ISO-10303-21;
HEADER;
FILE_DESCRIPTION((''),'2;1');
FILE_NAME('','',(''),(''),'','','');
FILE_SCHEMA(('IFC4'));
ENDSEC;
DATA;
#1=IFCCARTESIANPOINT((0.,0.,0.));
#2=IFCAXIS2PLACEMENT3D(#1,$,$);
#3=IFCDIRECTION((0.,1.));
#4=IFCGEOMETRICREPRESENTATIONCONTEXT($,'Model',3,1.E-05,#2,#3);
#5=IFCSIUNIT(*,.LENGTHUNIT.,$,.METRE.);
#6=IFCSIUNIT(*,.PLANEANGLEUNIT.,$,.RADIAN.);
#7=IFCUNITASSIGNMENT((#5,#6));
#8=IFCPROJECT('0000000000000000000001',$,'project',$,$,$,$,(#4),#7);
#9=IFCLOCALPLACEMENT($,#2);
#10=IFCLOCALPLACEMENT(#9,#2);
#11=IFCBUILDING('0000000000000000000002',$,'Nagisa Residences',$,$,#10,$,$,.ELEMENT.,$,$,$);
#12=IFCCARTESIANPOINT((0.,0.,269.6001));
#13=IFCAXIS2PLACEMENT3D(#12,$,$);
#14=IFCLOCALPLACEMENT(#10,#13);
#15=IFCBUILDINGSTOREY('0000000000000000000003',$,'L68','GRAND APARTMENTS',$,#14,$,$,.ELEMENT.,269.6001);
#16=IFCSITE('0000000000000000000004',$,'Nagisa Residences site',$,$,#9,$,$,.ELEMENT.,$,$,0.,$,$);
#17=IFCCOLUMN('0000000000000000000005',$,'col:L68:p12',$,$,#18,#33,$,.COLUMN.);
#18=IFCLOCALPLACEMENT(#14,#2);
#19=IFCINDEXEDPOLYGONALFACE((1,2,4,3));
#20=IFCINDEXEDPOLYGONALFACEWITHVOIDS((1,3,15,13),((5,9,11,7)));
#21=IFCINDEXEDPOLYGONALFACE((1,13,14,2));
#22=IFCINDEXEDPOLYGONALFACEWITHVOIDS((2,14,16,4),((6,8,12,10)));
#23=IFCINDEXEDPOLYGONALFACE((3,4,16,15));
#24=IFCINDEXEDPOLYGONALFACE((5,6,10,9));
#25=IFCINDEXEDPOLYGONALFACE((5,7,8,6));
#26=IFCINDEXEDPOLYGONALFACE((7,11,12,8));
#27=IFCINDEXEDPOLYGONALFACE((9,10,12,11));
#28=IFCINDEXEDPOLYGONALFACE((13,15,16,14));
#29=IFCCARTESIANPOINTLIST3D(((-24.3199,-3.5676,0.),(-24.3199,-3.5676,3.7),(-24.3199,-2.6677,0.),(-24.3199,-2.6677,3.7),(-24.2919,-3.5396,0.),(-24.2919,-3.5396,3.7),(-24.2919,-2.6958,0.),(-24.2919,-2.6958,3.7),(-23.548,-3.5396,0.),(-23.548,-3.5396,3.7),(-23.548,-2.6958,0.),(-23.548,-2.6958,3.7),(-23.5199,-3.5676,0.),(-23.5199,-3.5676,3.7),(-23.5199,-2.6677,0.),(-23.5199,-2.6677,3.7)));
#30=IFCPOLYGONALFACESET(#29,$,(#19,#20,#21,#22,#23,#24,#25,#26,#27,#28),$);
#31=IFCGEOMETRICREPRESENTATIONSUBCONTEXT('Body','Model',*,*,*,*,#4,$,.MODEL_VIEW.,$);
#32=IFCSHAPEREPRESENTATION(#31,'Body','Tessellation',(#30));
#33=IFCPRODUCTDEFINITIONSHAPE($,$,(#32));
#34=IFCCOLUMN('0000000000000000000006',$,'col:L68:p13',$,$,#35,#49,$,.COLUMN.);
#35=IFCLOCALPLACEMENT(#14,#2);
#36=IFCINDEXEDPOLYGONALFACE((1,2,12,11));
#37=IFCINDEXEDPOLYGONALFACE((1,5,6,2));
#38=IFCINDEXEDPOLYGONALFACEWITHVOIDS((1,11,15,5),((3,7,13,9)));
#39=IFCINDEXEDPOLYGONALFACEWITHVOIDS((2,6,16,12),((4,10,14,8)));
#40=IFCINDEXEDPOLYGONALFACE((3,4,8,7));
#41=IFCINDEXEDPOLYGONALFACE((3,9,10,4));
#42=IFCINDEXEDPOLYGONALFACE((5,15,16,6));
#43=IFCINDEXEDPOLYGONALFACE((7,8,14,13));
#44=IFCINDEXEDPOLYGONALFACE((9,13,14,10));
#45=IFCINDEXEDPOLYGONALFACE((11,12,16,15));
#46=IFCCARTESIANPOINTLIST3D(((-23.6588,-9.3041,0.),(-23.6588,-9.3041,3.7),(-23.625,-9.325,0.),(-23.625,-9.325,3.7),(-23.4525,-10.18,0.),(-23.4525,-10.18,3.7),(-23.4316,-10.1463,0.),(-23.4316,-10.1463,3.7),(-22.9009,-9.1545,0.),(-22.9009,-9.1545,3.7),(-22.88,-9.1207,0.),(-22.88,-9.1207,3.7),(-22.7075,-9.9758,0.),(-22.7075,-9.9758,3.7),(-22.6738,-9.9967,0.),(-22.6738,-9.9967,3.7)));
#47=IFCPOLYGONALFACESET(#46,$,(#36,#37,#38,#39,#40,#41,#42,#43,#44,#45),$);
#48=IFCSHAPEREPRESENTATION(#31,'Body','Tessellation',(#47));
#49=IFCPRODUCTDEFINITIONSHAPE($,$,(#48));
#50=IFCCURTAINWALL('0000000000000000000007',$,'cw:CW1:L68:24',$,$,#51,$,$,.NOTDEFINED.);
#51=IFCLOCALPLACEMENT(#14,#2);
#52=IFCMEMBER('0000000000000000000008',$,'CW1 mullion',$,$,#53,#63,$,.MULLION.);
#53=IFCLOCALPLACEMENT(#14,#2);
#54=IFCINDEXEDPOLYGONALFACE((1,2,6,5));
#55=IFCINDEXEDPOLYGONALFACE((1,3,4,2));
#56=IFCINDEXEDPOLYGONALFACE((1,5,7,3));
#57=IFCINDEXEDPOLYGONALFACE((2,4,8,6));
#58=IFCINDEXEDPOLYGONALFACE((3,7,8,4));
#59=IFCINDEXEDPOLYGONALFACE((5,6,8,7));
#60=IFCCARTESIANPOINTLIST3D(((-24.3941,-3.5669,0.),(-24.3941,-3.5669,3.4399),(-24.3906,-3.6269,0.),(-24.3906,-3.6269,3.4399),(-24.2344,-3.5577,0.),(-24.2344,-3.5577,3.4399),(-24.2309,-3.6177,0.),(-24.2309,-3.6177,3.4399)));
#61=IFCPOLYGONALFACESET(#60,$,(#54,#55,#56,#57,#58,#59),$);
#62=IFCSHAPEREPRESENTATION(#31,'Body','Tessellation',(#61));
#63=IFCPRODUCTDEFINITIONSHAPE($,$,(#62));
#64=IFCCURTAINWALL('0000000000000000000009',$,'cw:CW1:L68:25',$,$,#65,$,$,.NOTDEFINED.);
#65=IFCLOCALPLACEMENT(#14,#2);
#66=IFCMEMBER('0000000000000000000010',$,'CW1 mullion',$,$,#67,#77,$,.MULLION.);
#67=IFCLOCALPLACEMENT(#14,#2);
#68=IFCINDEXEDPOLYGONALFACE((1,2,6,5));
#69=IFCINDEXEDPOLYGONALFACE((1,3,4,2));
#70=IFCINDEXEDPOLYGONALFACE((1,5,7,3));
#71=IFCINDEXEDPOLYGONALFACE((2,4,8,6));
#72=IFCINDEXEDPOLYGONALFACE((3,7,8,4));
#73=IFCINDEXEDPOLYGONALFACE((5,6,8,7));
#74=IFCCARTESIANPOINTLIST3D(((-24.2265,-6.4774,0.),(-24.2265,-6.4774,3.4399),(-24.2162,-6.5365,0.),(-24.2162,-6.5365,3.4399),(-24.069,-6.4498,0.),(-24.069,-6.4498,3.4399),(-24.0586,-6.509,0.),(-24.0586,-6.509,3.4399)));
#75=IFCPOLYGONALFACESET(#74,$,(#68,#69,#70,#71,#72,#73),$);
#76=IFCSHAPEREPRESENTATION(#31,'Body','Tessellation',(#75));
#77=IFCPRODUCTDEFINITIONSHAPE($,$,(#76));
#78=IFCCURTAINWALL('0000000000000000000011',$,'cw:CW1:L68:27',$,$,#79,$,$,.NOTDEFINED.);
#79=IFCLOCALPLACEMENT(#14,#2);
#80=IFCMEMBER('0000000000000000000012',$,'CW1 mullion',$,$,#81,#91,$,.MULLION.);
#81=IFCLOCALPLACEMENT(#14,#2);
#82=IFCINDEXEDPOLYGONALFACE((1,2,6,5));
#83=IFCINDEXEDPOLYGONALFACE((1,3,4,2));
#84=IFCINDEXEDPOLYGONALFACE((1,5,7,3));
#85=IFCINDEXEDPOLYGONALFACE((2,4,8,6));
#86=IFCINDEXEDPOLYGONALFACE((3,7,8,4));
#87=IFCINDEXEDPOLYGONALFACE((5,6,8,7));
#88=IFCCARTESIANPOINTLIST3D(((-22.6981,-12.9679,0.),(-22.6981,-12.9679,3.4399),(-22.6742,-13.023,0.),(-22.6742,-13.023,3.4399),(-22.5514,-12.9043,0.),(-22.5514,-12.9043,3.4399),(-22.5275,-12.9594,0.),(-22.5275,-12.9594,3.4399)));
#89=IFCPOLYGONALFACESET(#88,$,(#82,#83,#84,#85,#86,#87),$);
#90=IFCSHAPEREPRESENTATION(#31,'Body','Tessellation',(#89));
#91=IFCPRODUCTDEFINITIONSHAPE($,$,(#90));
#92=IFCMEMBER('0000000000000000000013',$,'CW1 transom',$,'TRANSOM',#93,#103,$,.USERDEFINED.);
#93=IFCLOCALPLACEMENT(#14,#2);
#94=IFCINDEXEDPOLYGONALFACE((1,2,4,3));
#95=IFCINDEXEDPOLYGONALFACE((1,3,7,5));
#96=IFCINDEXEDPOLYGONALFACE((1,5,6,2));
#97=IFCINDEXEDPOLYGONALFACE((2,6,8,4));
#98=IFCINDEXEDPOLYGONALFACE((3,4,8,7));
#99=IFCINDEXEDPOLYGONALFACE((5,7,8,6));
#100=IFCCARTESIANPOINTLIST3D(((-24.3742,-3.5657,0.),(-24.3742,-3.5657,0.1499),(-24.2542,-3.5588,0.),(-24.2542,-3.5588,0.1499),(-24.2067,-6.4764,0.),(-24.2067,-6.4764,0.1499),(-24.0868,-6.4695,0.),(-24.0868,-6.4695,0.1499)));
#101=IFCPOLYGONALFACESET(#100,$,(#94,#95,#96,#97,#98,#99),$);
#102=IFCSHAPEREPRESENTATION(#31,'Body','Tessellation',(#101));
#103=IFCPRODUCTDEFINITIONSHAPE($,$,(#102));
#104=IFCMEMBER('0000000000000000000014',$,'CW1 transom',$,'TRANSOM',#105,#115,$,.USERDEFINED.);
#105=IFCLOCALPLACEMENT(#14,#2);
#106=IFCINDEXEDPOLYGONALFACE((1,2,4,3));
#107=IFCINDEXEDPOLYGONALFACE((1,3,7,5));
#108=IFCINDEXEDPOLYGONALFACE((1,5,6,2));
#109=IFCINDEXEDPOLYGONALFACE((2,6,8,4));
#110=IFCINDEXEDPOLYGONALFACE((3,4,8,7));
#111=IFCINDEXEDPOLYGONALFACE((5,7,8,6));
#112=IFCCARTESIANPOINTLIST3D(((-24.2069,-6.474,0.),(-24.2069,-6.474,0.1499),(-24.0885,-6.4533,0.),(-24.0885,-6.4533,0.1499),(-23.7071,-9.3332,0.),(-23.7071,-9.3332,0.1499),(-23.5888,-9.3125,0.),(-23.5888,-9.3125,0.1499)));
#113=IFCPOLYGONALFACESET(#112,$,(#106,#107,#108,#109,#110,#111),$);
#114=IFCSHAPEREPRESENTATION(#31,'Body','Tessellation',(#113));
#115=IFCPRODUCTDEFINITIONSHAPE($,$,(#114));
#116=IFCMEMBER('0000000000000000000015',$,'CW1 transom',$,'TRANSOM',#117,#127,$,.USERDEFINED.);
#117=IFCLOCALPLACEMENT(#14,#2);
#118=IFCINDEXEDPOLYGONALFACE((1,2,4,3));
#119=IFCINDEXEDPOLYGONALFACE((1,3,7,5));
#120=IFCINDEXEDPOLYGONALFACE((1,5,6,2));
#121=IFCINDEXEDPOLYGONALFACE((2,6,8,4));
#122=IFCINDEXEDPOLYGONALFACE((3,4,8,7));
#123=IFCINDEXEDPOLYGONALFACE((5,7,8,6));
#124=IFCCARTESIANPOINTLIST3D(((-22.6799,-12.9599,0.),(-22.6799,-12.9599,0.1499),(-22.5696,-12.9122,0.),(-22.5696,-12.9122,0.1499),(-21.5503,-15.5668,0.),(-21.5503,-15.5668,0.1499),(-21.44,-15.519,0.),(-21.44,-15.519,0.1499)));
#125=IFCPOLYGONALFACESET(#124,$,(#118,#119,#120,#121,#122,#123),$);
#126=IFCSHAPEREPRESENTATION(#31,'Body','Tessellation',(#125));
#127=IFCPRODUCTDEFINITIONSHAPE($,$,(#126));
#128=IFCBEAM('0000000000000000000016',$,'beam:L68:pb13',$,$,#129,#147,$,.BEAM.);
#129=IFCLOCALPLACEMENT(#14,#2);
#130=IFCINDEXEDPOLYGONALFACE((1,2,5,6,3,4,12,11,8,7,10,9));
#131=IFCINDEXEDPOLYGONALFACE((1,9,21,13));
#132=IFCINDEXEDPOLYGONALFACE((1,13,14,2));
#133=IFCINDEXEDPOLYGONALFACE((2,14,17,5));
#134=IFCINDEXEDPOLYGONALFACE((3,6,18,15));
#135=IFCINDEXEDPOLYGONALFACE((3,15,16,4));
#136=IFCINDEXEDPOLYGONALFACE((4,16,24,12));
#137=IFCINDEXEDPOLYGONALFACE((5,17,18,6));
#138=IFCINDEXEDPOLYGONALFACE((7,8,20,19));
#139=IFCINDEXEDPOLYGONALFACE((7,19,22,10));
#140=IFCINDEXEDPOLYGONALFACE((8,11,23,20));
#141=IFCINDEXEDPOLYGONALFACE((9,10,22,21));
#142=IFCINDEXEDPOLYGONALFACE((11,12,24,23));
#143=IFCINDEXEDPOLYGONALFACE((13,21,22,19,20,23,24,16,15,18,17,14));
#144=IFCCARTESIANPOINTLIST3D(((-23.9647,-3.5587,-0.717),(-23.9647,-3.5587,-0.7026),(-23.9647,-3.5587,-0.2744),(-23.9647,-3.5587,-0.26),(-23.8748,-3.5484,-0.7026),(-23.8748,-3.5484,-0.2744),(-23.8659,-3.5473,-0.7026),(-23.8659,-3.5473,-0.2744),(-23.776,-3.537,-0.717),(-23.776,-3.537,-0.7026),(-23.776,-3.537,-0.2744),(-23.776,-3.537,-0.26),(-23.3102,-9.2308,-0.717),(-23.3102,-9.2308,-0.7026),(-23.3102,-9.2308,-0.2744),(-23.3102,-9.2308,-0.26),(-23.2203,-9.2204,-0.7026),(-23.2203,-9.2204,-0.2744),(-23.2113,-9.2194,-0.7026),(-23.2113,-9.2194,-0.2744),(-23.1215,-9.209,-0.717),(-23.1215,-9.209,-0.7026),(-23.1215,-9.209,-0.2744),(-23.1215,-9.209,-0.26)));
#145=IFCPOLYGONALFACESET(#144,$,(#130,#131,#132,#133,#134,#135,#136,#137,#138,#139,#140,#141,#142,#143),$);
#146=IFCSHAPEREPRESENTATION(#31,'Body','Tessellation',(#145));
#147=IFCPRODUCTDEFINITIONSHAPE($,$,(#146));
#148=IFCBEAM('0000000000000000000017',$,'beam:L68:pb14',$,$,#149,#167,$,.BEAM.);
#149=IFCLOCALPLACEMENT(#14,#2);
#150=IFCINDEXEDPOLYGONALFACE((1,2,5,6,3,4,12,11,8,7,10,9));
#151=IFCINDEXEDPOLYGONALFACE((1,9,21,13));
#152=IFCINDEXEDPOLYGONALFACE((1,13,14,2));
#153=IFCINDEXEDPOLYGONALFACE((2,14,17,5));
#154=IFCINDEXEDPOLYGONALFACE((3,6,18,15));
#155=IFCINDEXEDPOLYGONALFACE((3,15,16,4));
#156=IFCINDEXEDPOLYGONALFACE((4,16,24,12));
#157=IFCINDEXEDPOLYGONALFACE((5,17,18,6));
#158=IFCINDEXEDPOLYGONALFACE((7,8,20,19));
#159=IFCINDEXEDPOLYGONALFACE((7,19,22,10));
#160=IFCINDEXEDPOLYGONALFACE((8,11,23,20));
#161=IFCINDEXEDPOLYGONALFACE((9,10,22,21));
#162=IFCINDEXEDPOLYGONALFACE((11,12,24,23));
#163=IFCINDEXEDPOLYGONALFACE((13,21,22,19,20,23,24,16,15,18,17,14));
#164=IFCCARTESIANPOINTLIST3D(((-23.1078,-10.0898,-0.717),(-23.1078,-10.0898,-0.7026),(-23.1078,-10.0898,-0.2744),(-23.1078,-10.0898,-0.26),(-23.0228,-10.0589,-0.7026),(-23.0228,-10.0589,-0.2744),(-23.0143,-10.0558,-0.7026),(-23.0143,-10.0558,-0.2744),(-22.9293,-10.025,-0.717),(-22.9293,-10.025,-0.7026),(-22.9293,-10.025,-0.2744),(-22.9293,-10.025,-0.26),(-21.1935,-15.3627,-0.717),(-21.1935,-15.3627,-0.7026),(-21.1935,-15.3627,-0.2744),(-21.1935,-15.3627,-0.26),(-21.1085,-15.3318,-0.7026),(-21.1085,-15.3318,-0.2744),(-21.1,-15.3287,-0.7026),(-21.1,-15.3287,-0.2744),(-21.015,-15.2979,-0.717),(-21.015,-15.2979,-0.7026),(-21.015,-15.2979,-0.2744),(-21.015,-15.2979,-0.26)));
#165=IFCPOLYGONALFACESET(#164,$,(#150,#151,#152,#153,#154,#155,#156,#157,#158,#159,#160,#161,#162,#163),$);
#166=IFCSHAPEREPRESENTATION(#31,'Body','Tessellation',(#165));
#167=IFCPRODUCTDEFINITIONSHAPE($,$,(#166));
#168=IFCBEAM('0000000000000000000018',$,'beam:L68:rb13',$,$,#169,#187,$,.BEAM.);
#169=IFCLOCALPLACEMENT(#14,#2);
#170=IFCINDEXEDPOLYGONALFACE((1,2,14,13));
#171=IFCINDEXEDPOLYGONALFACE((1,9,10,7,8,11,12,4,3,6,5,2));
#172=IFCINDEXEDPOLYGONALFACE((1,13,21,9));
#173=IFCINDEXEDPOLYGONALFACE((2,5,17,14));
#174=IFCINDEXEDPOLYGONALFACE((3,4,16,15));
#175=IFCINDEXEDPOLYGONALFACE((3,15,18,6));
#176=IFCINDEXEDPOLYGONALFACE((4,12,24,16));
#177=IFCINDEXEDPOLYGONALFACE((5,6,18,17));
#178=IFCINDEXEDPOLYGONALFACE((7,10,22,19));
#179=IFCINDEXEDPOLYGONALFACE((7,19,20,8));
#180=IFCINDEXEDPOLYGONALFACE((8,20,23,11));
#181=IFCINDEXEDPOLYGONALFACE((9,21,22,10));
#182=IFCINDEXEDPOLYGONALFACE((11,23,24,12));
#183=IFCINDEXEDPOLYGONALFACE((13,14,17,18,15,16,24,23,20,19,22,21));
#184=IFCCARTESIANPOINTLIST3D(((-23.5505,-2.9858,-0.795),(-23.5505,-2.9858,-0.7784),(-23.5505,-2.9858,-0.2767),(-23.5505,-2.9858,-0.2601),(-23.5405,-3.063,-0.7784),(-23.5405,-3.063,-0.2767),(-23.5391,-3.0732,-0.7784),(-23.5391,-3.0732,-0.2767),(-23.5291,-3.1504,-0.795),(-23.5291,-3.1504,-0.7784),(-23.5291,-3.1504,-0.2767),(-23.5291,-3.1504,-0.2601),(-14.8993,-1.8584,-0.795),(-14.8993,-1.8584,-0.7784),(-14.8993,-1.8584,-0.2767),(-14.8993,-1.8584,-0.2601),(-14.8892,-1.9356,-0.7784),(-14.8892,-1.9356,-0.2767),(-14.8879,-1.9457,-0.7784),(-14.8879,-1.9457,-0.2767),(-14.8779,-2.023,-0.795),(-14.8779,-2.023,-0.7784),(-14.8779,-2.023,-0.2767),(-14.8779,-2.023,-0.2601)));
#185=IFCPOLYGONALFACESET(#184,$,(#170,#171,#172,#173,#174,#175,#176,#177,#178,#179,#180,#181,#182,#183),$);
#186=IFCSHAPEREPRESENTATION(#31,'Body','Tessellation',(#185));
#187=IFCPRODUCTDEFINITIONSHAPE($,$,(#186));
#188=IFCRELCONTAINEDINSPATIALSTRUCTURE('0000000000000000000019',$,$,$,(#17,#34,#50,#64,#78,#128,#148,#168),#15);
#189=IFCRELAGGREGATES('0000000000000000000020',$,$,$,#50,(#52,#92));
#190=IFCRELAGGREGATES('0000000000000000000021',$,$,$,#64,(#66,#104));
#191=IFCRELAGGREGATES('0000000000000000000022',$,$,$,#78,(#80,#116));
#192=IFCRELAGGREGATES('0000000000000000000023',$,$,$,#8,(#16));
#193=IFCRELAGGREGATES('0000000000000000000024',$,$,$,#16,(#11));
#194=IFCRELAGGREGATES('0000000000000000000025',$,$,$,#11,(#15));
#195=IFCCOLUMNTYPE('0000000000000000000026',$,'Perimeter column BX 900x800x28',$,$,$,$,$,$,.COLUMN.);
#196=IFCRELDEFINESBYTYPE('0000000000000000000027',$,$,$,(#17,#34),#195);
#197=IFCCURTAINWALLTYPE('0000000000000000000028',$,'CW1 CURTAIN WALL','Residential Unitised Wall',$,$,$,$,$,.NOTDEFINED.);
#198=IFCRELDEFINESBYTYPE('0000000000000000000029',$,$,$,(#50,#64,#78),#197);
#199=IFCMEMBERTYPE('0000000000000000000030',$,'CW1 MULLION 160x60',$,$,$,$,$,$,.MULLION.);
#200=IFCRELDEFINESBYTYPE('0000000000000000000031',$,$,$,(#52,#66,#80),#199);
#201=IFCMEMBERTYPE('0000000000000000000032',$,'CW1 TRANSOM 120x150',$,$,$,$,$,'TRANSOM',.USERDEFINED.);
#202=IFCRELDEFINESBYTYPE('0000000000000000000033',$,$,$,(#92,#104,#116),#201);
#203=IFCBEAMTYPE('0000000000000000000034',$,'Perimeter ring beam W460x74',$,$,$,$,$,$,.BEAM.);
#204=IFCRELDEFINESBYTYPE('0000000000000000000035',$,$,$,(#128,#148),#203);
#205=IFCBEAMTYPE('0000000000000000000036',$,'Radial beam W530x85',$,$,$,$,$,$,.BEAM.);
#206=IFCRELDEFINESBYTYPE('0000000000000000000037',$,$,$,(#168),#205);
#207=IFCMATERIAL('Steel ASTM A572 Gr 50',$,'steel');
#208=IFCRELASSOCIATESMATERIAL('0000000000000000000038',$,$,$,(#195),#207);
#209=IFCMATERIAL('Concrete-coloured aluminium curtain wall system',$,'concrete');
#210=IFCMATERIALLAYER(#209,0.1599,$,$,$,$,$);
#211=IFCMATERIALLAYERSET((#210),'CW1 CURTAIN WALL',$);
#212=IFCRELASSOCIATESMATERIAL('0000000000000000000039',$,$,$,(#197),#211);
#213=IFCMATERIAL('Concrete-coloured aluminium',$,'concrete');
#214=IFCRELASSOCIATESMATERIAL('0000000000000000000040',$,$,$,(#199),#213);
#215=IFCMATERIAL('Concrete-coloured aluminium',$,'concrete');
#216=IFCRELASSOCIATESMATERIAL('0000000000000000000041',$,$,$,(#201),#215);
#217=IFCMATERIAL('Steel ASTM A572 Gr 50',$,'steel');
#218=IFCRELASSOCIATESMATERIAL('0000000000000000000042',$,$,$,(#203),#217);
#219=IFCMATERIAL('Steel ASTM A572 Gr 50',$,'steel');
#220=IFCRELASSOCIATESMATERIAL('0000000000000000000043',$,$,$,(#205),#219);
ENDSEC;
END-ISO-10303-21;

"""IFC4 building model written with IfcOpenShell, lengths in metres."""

from ifc_helpers import new_model, si_unit, direction, frame, origin, origin_2d, place, context, subcontext, project, spatial, rectangle, hollow_rectangle, i_section, extrude, material, layer, layer_set, material_profile, profile_set, type_object, element, aggregate, save


model = new_model("IFC4")

# Units and contexts
model_context = context("Model", 3, precision=1e-05, world=origin(), true_north=direction((0.0, 1.0)))
body_context = subcontext(model_context, "Body", "Model", "MODEL_VIEW")
ifc_project = project(units=[si_unit("LENGTHUNIT", "METRE"), si_unit("PLANEANGLEUNIT", "RADIAN")], contexts=[model_context])

# Site, building, storey
site_placement = place(None, origin())
site = spatial("IfcSite", under=ifc_project, at=site_placement, Name="Nagisa Residences site", CompositionType="ELEMENT", RefElevation=0.0)
building_placement = place(site_placement, origin())
building = spatial("IfcBuilding", under=site, at=building_placement, Name="Nagisa Residences", CompositionType="ELEMENT")
storey_placement = place(building_placement, frame((0.0, 0.0, 269.6001)))
storey = spatial("IfcBuildingStorey", under=building, at=storey_placement, Name="L68", Description="GRAND APARTMENTS", CompositionType="ELEMENT", Elevation=269.6001)

# Columns
ifc_material_1 = material(Name="Steel ASTM A572 Gr 50", Category="steel")
ifc_material_profile_1 = material_profile(ifc_material_1, hollow_rectangle(XDim=0.8999, YDim=0.8, WallThickness=0.0281, at=origin_2d()), Name="BX 900x800x28")
ifc_profile_set_1 = profile_set([ifc_material_profile_1], Name="Steel ASTM A572 Gr 50")
column_type = type_object("IfcColumnType", Name="Perimeter column BX 900x800x28", PredefinedType="COLUMN", material=ifc_profile_set_1)
for number, where, z_axis, x_axis, name in (
    (1, (-23.9199, -3.1177, 0.0), (0.0, 0.0, 1.0), (0.0, -1.0, 0.0), "col:L68:p12"),
    (2, (-23.1663, -9.6504, 0.0), (0.0, 0.0, 1.0), (0.229202, -0.973379, 0.0), "col:L68:p13"),
):
    element("IfcColumn", number, at=place(storey_placement, frame(where, z_axis=z_axis, x_axis=x_axis)), inside=storey, type_object=column_type, Name=name, PredefinedType="COLUMN", context=body_context, shape_type="SweptSolid", body=[
        extrude(hollow_rectangle(XDim=0.8999, YDim=0.8, WallThickness=0.0281, at=origin_2d()), origin(), (0.0, 0.0, 1.0), 3.7),
    ])

# Curtain walls, members
ifc_material_2 = material(Name="Concrete-coloured aluminium curtain wall system", Category="concrete")
ifc_layer_1 = layer(ifc_material_2, 0.1599)
ifc_layer_set_1 = layer_set([ifc_layer_1], Name="CW1 CURTAIN WALL")
curtain_wall_type = type_object("IfcCurtainWallType", Name="CW1 CURTAIN WALL", Description="Residential Unitised Wall", PredefinedType="NOTDEFINED", material=ifc_layer_set_1)
curtain_wall_1_placement = place(storey_placement, origin())
curtain_wall_1 = element("IfcCurtainWall", 3, at=curtain_wall_1_placement, inside=storey, type_object=curtain_wall_type, Name="cw:CW1:L68:24", PredefinedType="NOTDEFINED")
ifc_material_3 = material(Name="Concrete-coloured aluminium", Category="concrete")
ifc_material_profile_2 = material_profile(ifc_material_3, rectangle(XDim=0.1599, YDim=0.0601, at=origin_2d()), Name="CW1 MULLION 160x60")
ifc_profile_set_2 = profile_set([ifc_material_profile_2], Name="Concrete-coloured aluminium")
member_type_1 = type_object("IfcMemberType", Name="CW1 MULLION 160x60", PredefinedType="MULLION", material=ifc_profile_set_2)
member_1_placement = place(storey_placement, frame((-24.3125, -3.5923, 0.0), z_axis=(0.0, 0.0, 1.0), x_axis=(0.998345, 0.057503, 0.0)))
member_1 = element("IfcMember", 4, at=member_1_placement, type_object=member_type_1, Name="CW1 mullion", PredefinedType="MULLION", context=body_context, shape_type="SweptSolid", body=[
    extrude(rectangle(XDim=0.1599, YDim=0.0601, at=origin_2d()), origin(), (0.0, 0.0, 1.0), 3.4399),
])
curtain_wall_2_placement = place(storey_placement, origin())
curtain_wall_2 = element("IfcCurtainWall", 5, at=curtain_wall_2_placement, inside=storey, type_object=curtain_wall_type, Name="cw:CW1:L68:25", PredefinedType="NOTDEFINED")
member_2_placement = place(storey_placement, frame((-24.1426, -6.4932, 0.0), z_axis=(0.0, 0.0, 1.0), x_axis=(0.985064, 0.172191, 0.0)))
member_2 = element("IfcMember", 6, at=member_2_placement, type_object=member_type_1, Name="CW1 mullion", PredefinedType="MULLION", context=body_context, shape_type="SweptSolid", body=[
    extrude(rectangle(XDim=0.1599, YDim=0.0601, at=origin_2d()), origin(), (0.0, 0.0, 1.0), 3.4399),
])
curtain_wall_3_placement = place(storey_placement, origin())
curtain_wall_3 = element("IfcCurtainWall", 7, at=curtain_wall_3_placement, inside=storey, type_object=curtain_wall_type, Name="cw:CW1:L68:27", PredefinedType="NOTDEFINED")
member_3_placement = place(storey_placement, frame((-22.6128, -12.9636, 0.0), z_axis=(0.0, 0.0, 1.0), x_axis=(0.917543, 0.397636, 0.0)))
member_3 = element("IfcMember", 8, at=member_3_placement, type_object=member_type_1, Name="CW1 mullion", PredefinedType="MULLION", context=body_context, shape_type="SweptSolid", body=[
    extrude(rectangle(XDim=0.1599, YDim=0.0601, at=origin_2d()), origin(), (0.0, 0.0, 1.0), 3.4399),
])

# Members
ifc_material_4 = material(Name="Concrete-coloured aluminium", Category="concrete")
ifc_material_profile_3 = material_profile(ifc_material_4, rectangle(XDim=0.1201, YDim=0.1499, at=origin_2d()), Name="CW1 TRANSOM 120x150")
ifc_profile_set_3 = profile_set([ifc_material_profile_3], Name="Concrete-coloured aluminium")
member_type_2 = type_object("IfcMemberType", Name="CW1 TRANSOM 120x150", ElementType="TRANSOM", PredefinedType="USERDEFINED", material=ifc_profile_set_3)
member_4_placement = place(storey_placement, frame((-24.3142, -3.5623, 0.075), z_axis=(0.057446, -0.998349, 0.0), x_axis=(0.998349, 0.057446, 0.0)))
member_4 = element("IfcMember", 9, at=member_4_placement, type_object=member_type_2, Name="CW1 transom", ObjectType="TRANSOM", PredefinedType="USERDEFINED", context=body_context, shape_type="SweptSolid", body=[
    extrude(rectangle(XDim=0.1201, YDim=0.1499, at=origin_2d()), origin(), (0.0, 0.0, 1.0), 2.9155),
])
member_5_placement = place(storey_placement, frame((-24.1477, -6.4636, 0.075), z_axis=(0.172182, -0.985065, 0.0), x_axis=(0.985065, 0.172182, 0.0)))
member_5 = element("IfcMember", 10, at=member_5_placement, type_object=member_type_2, Name="CW1 transom", ObjectType="TRANSOM", PredefinedType="USERDEFINED", context=body_context, shape_type="SweptSolid", body=[
    extrude(rectangle(XDim=0.1201, YDim=0.1499, at=origin_2d()), origin(), (0.0, 0.0, 1.0), 2.9026),
])
member_6_placement = place(storey_placement, frame((-22.6248, -12.936, 0.075), z_axis=(0.397598, -0.91756, 0.0), x_axis=(0.91756, 0.397598, 0.0)))
member_6 = element("IfcMember", 11, at=member_6_placement, type_object=member_type_2, Name="CW1 transom", ObjectType="TRANSOM", PredefinedType="USERDEFINED", context=body_context, shape_type="SweptSolid", body=[
    extrude(rectangle(XDim=0.1201, YDim=0.1499, at=origin_2d()), origin(), (0.0, 0.0, 1.0), 2.8411),
])

# Beams
ifc_material_5 = material(Name="Steel ASTM A572 Gr 50", Category="steel")
ifc_material_profile_4 = material_profile(ifc_material_5, i_section(OverallWidth=0.1899, OverallDepth=0.457, WebThickness=0.009, FlangeThickness=0.0144, at=origin_2d()), Name="W460x74")
ifc_profile_set_4 = profile_set([ifc_material_profile_4], Name="Steel ASTM A572 Gr 50")
beam_type_1 = type_object("IfcBeamType", Name="Perimeter ring beam W460x74", PredefinedType="BEAM", material=ifc_profile_set_4)
beam_1_placement = place(storey_placement, frame((-23.8704, -3.5479, -0.4885), z_axis=(0.114635, -0.993408, 0.0), x_axis=(0.993408, 0.114635, 0.0)))
element("IfcBeam", 12, at=beam_1_placement, inside=storey, type_object=beam_type_1, Name="beam:L68:pb13", PredefinedType="BEAM", context=body_context, shape_type="SweptSolid", body=[
    extrude(i_section(OverallWidth=0.1899, OverallDepth=0.457, WebThickness=0.009, FlangeThickness=0.0144, at=origin_2d()), origin(), (0.0, 0.0, 1.0), 5.7097),
])
beam_2_placement = place(storey_placement, frame((-23.0186, -10.0574, -0.4885), z_axis=(0.34125, -0.939972, 0.0), x_axis=(0.939972, 0.34125, 0.0)))
element("IfcBeam", 13, at=beam_2_placement, inside=storey, type_object=beam_type_1, Name="beam:L68:pb14", PredefinedType="BEAM", context=body_context, shape_type="SweptSolid", body=[
    extrude(i_section(OverallWidth=0.1899, OverallDepth=0.457, WebThickness=0.009, FlangeThickness=0.0144, at=origin_2d()), origin(), (0.0, 0.0, 1.0), 5.6096),
])
ifc_material_6 = material(Name="Steel ASTM A572 Gr 50", Category="steel")
ifc_material_profile_5 = material_profile(ifc_material_6, i_section(OverallWidth=0.166, OverallDepth=0.5349, WebThickness=0.0103, FlangeThickness=0.0166, at=origin_2d()), Name="W530x85")
ifc_profile_set_5 = profile_set([ifc_material_profile_5], Name="Steel ASTM A572 Gr 50")
beam_type_2 = type_object("IfcBeamType", Name="Radial beam W530x85", PredefinedType="BEAM", material=ifc_profile_set_5)
beam_3_placement = place(storey_placement, frame((-23.5398, -3.0681, -0.5276), z_axis=(0.991615, 0.12923, 0.0), x_axis=(-0.12923, 0.991615, 0.0)))
element("IfcBeam", 14, at=beam_3_placement, inside=storey, type_object=beam_type_2, Name="beam:L68:rb13", PredefinedType="BEAM", context=body_context, shape_type="SweptSolid", body=[
    extrude(i_section(OverallWidth=0.166, OverallDepth=0.5349, WebThickness=0.0103, FlangeThickness=0.0166, at=origin_2d()), origin(), (0.0, 0.0, 1.0), 8.7244),
])

aggregate(curtain_wall_1, [member_1, member_4])
aggregate(curtain_wall_2, [member_2, member_5])
aggregate(curtain_wall_3, [member_3, member_6])

save(model, "model.ifc")
